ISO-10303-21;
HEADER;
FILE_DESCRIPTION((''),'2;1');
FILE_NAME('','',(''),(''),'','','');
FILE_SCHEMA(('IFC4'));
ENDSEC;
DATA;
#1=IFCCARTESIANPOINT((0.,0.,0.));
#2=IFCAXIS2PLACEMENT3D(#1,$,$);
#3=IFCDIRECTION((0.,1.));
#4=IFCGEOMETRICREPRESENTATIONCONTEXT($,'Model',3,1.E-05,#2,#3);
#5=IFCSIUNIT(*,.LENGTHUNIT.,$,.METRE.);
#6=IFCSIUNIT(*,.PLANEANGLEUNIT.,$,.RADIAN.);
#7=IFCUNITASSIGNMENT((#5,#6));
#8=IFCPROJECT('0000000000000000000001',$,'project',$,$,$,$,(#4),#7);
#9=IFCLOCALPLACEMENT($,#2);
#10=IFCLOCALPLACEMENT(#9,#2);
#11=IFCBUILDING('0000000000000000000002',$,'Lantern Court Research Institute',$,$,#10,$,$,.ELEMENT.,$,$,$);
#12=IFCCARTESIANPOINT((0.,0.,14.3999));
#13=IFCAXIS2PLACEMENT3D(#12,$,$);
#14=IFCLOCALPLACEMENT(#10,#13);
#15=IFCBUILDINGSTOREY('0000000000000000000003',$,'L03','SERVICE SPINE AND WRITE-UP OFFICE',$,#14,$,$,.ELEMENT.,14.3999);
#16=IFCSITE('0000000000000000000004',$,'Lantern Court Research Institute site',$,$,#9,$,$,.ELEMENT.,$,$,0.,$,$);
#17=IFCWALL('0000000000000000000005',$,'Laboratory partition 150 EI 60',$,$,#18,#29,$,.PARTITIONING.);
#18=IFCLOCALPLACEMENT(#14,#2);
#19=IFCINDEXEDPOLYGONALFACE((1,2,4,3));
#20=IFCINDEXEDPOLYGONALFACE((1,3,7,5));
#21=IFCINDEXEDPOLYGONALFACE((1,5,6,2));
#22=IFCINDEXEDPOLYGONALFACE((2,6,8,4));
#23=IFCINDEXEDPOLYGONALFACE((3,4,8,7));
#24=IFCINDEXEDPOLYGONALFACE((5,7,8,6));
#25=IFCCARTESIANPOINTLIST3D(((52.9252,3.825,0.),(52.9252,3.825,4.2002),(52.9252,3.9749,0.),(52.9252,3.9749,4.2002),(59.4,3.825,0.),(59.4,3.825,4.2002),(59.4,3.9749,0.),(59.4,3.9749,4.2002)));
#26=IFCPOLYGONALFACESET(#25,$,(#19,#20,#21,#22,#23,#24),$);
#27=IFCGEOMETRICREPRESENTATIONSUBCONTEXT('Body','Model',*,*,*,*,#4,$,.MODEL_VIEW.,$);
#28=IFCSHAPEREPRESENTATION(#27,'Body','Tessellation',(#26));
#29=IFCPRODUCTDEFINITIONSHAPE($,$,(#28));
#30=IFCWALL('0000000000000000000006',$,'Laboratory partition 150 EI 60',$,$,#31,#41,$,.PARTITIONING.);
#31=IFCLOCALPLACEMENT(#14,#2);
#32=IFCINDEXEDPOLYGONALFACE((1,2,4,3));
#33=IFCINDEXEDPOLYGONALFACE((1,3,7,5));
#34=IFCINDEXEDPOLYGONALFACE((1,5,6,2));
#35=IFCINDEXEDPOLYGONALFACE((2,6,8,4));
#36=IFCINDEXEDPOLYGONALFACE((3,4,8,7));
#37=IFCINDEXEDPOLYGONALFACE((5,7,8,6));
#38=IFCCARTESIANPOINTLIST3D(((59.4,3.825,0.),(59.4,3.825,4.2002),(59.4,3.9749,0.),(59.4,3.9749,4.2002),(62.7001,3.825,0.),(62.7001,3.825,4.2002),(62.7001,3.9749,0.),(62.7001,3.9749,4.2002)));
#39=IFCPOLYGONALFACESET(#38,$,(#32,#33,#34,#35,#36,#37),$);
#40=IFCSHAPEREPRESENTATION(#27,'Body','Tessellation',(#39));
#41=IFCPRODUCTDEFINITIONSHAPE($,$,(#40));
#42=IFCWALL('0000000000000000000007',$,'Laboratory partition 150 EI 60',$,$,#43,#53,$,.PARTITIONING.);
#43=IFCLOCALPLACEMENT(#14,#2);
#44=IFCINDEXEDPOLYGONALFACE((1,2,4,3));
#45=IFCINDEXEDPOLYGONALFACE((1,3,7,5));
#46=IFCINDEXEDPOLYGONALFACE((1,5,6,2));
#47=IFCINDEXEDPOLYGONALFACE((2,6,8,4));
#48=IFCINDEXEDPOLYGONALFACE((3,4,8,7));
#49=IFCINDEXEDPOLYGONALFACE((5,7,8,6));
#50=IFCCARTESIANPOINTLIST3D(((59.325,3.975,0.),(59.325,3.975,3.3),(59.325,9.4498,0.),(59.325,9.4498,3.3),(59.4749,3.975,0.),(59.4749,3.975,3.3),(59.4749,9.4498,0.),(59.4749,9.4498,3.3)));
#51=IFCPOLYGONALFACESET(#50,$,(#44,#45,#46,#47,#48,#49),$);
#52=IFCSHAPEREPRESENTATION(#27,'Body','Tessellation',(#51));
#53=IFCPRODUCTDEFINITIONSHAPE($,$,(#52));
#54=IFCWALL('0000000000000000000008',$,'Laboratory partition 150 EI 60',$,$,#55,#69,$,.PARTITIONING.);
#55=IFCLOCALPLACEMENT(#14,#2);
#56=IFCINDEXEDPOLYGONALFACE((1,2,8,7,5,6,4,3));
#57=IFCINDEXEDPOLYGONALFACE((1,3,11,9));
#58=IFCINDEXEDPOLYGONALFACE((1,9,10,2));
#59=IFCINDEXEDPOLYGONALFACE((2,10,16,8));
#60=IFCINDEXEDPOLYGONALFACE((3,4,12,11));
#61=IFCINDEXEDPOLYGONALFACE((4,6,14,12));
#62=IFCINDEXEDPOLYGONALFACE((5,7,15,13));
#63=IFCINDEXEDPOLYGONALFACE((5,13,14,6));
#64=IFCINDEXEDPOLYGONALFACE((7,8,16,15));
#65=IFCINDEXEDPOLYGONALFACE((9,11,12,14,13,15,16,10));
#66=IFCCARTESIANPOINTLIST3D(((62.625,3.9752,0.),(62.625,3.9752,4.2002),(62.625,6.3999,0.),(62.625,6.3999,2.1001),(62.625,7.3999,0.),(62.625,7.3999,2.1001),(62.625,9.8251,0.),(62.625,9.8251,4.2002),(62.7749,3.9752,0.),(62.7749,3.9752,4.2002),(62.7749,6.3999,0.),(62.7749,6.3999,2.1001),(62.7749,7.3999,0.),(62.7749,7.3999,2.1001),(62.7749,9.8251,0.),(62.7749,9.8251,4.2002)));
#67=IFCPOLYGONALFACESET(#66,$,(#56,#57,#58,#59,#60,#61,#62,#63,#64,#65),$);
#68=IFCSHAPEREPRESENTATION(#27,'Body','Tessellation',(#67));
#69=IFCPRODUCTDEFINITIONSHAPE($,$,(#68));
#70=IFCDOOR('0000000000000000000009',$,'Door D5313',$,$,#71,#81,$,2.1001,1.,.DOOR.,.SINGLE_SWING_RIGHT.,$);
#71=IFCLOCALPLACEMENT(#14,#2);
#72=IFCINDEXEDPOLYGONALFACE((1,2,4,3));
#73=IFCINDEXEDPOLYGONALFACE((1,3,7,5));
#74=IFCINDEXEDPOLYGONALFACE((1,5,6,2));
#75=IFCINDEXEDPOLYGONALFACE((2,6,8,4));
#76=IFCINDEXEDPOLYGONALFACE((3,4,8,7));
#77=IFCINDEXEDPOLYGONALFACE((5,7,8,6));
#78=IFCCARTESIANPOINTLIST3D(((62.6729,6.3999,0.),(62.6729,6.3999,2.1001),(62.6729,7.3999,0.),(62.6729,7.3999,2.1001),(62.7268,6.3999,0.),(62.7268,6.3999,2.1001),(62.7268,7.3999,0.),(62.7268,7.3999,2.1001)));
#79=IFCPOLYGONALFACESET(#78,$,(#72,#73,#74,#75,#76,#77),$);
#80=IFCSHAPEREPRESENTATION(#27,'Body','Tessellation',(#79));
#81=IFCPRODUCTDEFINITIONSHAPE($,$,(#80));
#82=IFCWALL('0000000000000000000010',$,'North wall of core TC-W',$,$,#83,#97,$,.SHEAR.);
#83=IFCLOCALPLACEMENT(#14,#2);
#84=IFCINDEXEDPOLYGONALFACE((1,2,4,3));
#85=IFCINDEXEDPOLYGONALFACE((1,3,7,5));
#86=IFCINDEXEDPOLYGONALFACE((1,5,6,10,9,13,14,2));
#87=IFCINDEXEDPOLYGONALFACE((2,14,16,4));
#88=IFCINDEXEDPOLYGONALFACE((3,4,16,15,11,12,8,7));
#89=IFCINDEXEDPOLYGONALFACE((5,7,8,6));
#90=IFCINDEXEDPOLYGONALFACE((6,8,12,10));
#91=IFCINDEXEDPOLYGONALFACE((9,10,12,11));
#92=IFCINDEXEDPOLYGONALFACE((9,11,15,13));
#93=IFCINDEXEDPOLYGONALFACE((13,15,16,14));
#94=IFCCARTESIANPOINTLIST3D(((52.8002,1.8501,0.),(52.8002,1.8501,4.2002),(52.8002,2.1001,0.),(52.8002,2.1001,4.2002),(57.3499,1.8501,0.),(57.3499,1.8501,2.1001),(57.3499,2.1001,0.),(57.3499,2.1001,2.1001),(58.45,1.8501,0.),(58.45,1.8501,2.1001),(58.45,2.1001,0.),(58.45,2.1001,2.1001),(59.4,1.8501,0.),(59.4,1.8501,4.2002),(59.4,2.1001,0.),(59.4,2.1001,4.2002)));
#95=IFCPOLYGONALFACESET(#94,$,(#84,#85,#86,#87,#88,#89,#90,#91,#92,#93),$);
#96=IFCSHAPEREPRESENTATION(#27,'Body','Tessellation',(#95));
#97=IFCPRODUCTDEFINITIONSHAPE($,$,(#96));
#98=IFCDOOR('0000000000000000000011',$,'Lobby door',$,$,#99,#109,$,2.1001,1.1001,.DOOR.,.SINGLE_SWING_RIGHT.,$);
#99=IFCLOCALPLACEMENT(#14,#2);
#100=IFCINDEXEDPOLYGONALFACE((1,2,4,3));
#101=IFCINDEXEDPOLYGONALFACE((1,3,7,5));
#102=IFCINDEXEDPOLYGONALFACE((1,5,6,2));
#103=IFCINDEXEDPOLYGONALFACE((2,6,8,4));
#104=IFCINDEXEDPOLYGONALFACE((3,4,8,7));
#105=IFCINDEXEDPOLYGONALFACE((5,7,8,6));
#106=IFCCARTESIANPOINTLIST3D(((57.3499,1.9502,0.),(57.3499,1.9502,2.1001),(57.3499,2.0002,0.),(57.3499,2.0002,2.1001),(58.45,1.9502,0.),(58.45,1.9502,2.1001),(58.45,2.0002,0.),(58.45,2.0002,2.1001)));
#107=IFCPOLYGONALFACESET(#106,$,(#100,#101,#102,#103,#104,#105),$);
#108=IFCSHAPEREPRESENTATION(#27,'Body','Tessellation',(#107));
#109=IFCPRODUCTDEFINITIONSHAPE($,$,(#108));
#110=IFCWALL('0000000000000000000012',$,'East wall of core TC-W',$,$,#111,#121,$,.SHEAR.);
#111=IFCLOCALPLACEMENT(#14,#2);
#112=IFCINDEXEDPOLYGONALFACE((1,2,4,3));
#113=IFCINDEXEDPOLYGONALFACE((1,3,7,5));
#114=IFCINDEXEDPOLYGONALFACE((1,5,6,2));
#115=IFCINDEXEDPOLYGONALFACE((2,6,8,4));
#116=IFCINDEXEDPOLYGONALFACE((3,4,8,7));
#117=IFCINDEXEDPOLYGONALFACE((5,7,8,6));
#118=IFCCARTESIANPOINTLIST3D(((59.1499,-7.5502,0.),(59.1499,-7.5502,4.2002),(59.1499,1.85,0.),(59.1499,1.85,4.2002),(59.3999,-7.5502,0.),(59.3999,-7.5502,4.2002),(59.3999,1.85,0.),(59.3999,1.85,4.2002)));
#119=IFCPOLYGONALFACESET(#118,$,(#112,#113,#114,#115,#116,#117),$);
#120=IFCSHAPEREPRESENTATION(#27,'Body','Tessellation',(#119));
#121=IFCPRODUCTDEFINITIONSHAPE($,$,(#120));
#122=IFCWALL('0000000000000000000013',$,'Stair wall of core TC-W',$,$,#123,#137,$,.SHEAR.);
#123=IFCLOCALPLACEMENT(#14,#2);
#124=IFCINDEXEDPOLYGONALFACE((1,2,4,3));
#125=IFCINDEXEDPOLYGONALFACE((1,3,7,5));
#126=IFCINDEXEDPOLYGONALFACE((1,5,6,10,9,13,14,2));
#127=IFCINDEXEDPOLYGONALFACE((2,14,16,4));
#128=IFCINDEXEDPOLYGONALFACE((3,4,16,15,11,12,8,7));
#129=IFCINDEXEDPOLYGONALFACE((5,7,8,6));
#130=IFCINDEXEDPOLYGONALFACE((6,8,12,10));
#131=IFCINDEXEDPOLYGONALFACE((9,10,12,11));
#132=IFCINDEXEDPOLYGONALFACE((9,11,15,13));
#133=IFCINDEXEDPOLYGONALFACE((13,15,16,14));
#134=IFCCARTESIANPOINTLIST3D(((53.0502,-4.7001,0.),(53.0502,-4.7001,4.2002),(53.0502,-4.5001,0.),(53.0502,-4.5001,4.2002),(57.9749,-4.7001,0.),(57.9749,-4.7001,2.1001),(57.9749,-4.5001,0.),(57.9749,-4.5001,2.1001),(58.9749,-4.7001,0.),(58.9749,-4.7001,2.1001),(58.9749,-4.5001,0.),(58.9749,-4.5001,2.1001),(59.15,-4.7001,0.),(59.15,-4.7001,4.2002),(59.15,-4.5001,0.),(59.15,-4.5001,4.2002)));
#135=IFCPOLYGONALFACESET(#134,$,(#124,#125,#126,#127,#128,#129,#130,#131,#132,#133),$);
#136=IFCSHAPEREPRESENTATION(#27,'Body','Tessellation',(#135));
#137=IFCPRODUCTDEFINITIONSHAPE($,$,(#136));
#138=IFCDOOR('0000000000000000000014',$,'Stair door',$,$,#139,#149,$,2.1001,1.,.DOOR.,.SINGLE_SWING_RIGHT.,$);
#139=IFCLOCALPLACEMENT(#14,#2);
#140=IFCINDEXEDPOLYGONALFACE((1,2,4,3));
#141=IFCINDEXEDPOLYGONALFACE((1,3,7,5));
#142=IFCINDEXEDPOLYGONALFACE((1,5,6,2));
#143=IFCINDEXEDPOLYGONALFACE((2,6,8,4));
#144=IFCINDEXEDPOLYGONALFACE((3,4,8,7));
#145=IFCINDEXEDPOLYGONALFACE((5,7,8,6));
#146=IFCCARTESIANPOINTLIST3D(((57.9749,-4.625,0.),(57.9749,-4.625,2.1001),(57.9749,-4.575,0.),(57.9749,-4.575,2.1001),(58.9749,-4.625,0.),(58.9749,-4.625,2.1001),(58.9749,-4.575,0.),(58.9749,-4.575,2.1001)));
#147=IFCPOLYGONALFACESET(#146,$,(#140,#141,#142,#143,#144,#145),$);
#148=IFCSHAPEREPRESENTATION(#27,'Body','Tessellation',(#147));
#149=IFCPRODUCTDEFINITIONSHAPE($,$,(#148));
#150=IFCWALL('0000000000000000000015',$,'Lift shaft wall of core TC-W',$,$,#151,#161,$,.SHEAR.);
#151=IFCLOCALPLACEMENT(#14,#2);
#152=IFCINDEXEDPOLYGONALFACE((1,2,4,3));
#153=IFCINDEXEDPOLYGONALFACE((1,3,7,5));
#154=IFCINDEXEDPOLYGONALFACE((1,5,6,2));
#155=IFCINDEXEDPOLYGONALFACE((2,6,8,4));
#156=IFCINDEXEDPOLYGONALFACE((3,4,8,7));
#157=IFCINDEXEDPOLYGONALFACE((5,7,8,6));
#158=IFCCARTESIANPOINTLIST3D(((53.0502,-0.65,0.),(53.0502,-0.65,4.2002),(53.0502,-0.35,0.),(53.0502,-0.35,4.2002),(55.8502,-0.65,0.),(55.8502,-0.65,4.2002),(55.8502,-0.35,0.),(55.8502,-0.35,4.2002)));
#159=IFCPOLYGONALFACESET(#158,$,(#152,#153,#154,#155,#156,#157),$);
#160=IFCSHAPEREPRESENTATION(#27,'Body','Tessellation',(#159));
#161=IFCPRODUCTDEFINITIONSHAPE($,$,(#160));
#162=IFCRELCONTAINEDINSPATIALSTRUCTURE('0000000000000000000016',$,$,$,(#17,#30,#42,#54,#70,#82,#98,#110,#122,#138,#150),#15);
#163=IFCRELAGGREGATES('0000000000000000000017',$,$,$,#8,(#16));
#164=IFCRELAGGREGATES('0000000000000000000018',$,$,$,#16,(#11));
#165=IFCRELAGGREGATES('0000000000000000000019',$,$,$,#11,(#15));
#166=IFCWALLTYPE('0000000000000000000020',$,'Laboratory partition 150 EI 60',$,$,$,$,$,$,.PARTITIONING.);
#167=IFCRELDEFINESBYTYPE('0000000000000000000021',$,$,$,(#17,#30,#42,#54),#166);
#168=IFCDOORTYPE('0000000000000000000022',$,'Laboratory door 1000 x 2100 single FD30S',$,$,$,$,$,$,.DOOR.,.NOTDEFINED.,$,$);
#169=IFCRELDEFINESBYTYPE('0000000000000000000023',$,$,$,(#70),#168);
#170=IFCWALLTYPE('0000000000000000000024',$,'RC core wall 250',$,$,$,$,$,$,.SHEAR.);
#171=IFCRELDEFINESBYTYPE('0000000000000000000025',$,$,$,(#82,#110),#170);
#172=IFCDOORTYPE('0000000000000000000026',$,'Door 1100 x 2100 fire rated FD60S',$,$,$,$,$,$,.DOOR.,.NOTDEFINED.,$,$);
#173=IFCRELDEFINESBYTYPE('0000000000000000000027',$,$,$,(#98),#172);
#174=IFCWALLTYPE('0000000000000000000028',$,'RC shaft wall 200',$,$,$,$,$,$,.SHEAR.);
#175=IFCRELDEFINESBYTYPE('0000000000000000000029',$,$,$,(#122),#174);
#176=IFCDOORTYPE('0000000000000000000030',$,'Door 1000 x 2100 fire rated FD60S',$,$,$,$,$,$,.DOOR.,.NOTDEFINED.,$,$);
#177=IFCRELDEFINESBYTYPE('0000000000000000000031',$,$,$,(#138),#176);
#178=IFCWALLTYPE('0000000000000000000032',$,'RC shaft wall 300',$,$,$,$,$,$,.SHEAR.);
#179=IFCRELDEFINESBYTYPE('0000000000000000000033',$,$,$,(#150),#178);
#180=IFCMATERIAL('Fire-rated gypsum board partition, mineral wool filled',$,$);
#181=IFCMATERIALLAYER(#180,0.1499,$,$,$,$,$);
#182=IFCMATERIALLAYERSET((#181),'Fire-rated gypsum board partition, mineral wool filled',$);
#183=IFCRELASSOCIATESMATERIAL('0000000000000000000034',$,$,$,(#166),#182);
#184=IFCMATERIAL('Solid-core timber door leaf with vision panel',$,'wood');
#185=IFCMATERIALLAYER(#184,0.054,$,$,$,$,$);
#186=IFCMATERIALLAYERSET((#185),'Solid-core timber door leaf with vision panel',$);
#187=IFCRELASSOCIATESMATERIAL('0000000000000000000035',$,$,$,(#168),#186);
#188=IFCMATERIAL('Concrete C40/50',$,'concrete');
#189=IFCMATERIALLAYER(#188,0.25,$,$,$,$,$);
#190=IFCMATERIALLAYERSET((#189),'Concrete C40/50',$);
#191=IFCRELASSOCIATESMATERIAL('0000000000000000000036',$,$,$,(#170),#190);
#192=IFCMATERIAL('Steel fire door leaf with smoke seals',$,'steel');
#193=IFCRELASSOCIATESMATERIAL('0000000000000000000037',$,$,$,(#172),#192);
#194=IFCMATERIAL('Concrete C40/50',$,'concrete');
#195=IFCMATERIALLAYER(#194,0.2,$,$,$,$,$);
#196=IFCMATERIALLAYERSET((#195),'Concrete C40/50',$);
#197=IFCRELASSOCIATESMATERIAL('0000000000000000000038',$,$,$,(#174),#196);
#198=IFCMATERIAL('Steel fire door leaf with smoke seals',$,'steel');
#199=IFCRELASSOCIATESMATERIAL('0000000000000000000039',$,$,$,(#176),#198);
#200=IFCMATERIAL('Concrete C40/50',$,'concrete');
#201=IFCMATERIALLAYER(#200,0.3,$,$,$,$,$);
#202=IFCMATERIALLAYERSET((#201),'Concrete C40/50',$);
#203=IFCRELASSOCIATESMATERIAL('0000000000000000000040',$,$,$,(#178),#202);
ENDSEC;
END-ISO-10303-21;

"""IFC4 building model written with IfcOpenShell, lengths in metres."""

from ifc_helpers import new_model, si_unit, direction, frame, frame_2d, origin, place, context, subcontext, project, spatial, rectangle, extrude, material, layer, layer_set, type_object, element, fill, save


model = new_model("IFC4")

# Units and contexts
model_context = context("Model", 3, precision=1e-05, world=origin(), true_north=direction((0.0, 1.0)))
body_context = subcontext(model_context, "Body", "Model", "MODEL_VIEW")
ifc_project = project(units=[si_unit("LENGTHUNIT", "METRE"), si_unit("PLANEANGLEUNIT", "RADIAN")], contexts=[model_context])

# Site, building, storey
site_placement = place(None, origin())
site = spatial("IfcSite", under=ifc_project, at=site_placement, Name="Lantern Court Research Institute site", CompositionType="ELEMENT", RefElevation=0.0)
building_placement = place(site_placement, origin())
building = spatial("IfcBuilding", under=site, at=building_placement, Name="Lantern Court Research Institute", CompositionType="ELEMENT")
storey_placement = place(building_placement, frame((0.0, 0.0, 14.3999)))
storey = spatial("IfcBuildingStorey", under=building, at=storey_placement, Name="L03", Description="SERVICE SPINE AND WRITE-UP OFFICE", CompositionType="ELEMENT", Elevation=14.3999)

# Shared definitions
ifc_material_1 = material(Name="Fire-rated gypsum board partition, mineral wool filled")
ifc_layer_1 = layer(ifc_material_1, 0.1499)
ifc_layer_set_1 = layer_set([ifc_layer_1], Name="Fire-rated gypsum board partition, mineral wool filled")
wall_type_1 = type_object("IfcWallType", Name="Laboratory partition 150 EI 60", PredefinedType="PARTITIONING", material=ifc_layer_set_1)

# Walls
wall_1_placement = place(storey_placement, frame((59.3999, 3.8999, 0.0), z_axis=(0.0, 0.0, 1.0), x_axis=(-1.0, 0.0, 0.0)))
element("IfcWall", 1, at=wall_1_placement, inside=storey, type_object=wall_type_1, Name="Laboratory partition 150 EI 60", PredefinedType="PARTITIONING", context=body_context, shape_type="SweptSolid", body=[
    extrude(rectangle(XDim=6.4749, YDim=0.1499, at=frame_2d((3.2373, 0.0))), origin(), (0.0, 0.0, 1.0), 4.2002),
])
wall_2_placement = place(storey_placement, frame((62.7, 3.8999, 0.0), z_axis=(0.0, 0.0, 1.0), x_axis=(-1.0, 0.0, 0.0)))
element("IfcWall", 2, at=wall_2_placement, inside=storey, type_object=wall_type_1, Name="Laboratory partition 150 EI 60", PredefinedType="PARTITIONING", context=body_context, shape_type="SweptSolid", body=[
    extrude(rectangle(XDim=3.3, YDim=0.1499, at=frame_2d((1.6499, 0.0))), origin(), (0.0, 0.0, 1.0), 4.2002),
])
wall_3_placement = place(storey_placement, frame((59.3999, 3.9751, 0.0), z_axis=(0.0, 0.0, 1.0), x_axis=(0.0, 1.0, 0.0)))
element("IfcWall", 3, at=wall_3_placement, inside=storey, type_object=wall_type_1, Name="Laboratory partition 150 EI 60", PredefinedType="PARTITIONING", context=body_context, shape_type="SweptSolid", body=[
    extrude(rectangle(XDim=5.4749, YDim=0.1499, at=frame_2d((2.7373, 0.0))), origin(), (0.0, 0.0, 1.0), 3.3),
])

# Walls, openings, doors
wall_4_placement = place(storey_placement, frame((62.7, 9.825, 0.0), z_axis=(0.0, 0.0, 1.0), x_axis=(0.0, -1.0, 0.0)))
wall_4 = element("IfcWall", 4, at=wall_4_placement, inside=storey, type_object=wall_type_1, Name="Laboratory partition 150 EI 60", PredefinedType="PARTITIONING", context=body_context, shape_type="SweptSolid", body=[
    extrude(rectangle(XDim=5.8499, YDim=0.1499, at=frame_2d((2.9248, 0.0))), origin(), (0.0, 0.0, 1.0), 4.2002),
])
opening_1_placement = place(wall_4_placement, frame((2.425, 0.0, 0.0)))
opening_1 = element("IfcOpeningElement", 5, at=opening_1_placement, cuts=wall_4, PredefinedType="OPENING", context=body_context, shape_type="SweptSolid", body=[
    extrude(rectangle(XDim=1.0, YDim=2.1001, at=frame_2d((0.5, 1.05))), frame((0.0, 0.085, 0.0), z_axis=(0.0, -1.0, 0.0), x_axis=(1.0, 0.0, 0.0)), (0.0, 0.0, 1.0), 0.1699),
])
ifc_material_2 = material(Name="Solid-core timber door leaf with vision panel", Category="wood")
ifc_layer_2 = layer(ifc_material_2, 0.054)
ifc_layer_set_2 = layer_set([ifc_layer_2], Name="Solid-core timber door leaf with vision panel")
door_type_1 = type_object("IfcDoorType", Name="Laboratory door 1000 x 2100 single FD30S", OperationType="NOTDEFINED", PredefinedType="DOOR", material=ifc_layer_set_2)
door_1_placement = place(opening_1_placement, origin())
door_1 = element("IfcDoor", 6, at=door_1_placement, inside=storey, type_object=door_type_1, Name="Door D5313", OperationType="SINGLE_SWING_RIGHT", OverallHeight=2.1001, OverallWidth=1.0, PredefinedType="DOOR", context=body_context, shape_type="SweptSolid", body=[
    extrude(rectangle(XDim=1.0, YDim=2.1001, at=frame_2d((0.5, 1.05))), frame((0.0, 0.0269, 0.0), z_axis=(0.0, -1.0, 0.0), x_axis=(1.0, 0.0, 0.0)), (0.0, 0.0, 1.0), 0.054),
])
fill(opening_1, door_1)
ifc_material_3 = material(Name="Concrete C40/50", Category="concrete")
ifc_layer_3 = layer(ifc_material_3, 0.25)
ifc_layer_set_3 = layer_set([ifc_layer_3], Name="Concrete C40/50")
wall_type_2 = type_object("IfcWallType", Name="RC core wall 250", PredefinedType="SHEAR", material=ifc_layer_set_3)
wall_5_placement = place(storey_placement, frame((59.3999, 1.9751, 0.0), z_axis=(0.0, 0.0, 1.0), x_axis=(-1.0, 0.0, 0.0)))
wall_5 = element("IfcWall", 7, at=wall_5_placement, inside=storey, type_object=wall_type_2, Name="North wall of core TC-W", PredefinedType="SHEAR", context=body_context, shape_type="SweptSolid", body=[
    extrude(rectangle(XDim=6.5999, YDim=0.25, at=frame_2d((3.2998, 0.0))), origin(), (0.0, 0.0, 1.0), 4.2002),
])
opening_2_placement = place(wall_5_placement, frame((0.95, 0.0, 0.0)))
opening_2 = element("IfcOpeningElement", 8, at=opening_2_placement, cuts=wall_5, PredefinedType="OPENING", context=body_context, shape_type="SweptSolid", body=[
    extrude(rectangle(XDim=1.1001, YDim=2.1001, at=frame_2d((0.55, 1.05))), frame((0.0, 0.135, 0.0), z_axis=(0.0, -1.0, 0.0), x_axis=(1.0, 0.0, 0.0)), (0.0, 0.0, 1.0), 0.27),
])
ifc_material_4 = material(Name="Steel fire door leaf with smoke seals", Category="steel")
door_type_2 = type_object("IfcDoorType", Name="Door 1100 x 2100 fire rated FD60S", OperationType="NOTDEFINED", PredefinedType="DOOR", material=ifc_material_4)
door_2_placement = place(opening_2_placement, origin())
door_2 = element("IfcDoor", 9, at=door_2_placement, inside=storey, type_object=door_type_2, Name="Lobby door", OperationType="SINGLE_SWING_RIGHT", OverallHeight=2.1001, OverallWidth=1.1001, PredefinedType="DOOR", context=body_context, shape_type="SweptSolid", body=[
    extrude(rectangle(XDim=1.1001, YDim=2.1001, at=frame_2d((0.55, 1.05))), frame((0.0, 0.0249, 0.0), z_axis=(0.0, -1.0, 0.0), x_axis=(1.0, 0.0, 0.0)), (0.0, 0.0, 1.0), 0.05),
])
fill(opening_2, door_2)

# Wall
wall_6_placement = place(storey_placement, frame((59.2749, 1.8501, 0.0), z_axis=(0.0, 0.0, 1.0), x_axis=(0.0, -1.0, 0.0)))
element("IfcWall", 10, at=wall_6_placement, inside=storey, type_object=wall_type_2, Name="East wall of core TC-W", PredefinedType="SHEAR", context=body_context, shape_type="SweptSolid", body=[
    extrude(rectangle(XDim=9.4001, YDim=0.25, at=frame_2d((4.7002, 0.0))), origin(), (0.0, 0.0, 1.0), 4.2002),
])

# Wall, opening, door
ifc_material_5 = material(Name="Concrete C40/50", Category="concrete")
ifc_layer_4 = layer(ifc_material_5, 0.2)
ifc_layer_set_4 = layer_set([ifc_layer_4], Name="Concrete C40/50")
wall_type_3 = type_object("IfcWallType", Name="RC shaft wall 200", PredefinedType="SHEAR", material=ifc_layer_set_4)
wall_7_placement = place(storey_placement, frame((59.1499, -4.6001, 0.0), z_axis=(0.0, 0.0, 1.0), x_axis=(-1.0, 0.0, 0.0)))
wall_7 = element("IfcWall", 11, at=wall_7_placement, inside=storey, type_object=wall_type_3, Name="Stair wall of core TC-W", PredefinedType="SHEAR", context=body_context, shape_type="SweptSolid", body=[
    extrude(rectangle(XDim=6.0999, YDim=0.2, at=frame_2d((3.0498, 0.0))), origin(), (0.0, 0.0, 1.0), 4.2002),
])
opening_3_placement = place(wall_7_placement, frame((0.175, 0.0, 0.0)))
opening_3 = element("IfcOpeningElement", 12, at=opening_3_placement, cuts=wall_7, PredefinedType="OPENING", context=body_context, shape_type="SweptSolid", body=[
    extrude(rectangle(XDim=1.0, YDim=2.1001, at=frame_2d((0.5, 1.05))), frame((0.0, 0.1099, 0.0), z_axis=(0.0, -1.0, 0.0), x_axis=(1.0, 0.0, 0.0)), (0.0, 0.0, 1.0), 0.22),
])
ifc_material_6 = material(Name="Steel fire door leaf with smoke seals", Category="steel")
door_type_3 = type_object("IfcDoorType", Name="Door 1000 x 2100 fire rated FD60S", OperationType="NOTDEFINED", PredefinedType="DOOR", material=ifc_material_6)
door_3_placement = place(opening_3_placement, origin())
door_3 = element("IfcDoor", 13, at=door_3_placement, inside=storey, type_object=door_type_3, Name="Stair door", OperationType="SINGLE_SWING_RIGHT", OverallHeight=2.1001, OverallWidth=1.0, PredefinedType="DOOR", context=body_context, shape_type="SweptSolid", body=[
    extrude(rectangle(XDim=1.0, YDim=2.1001, at=frame_2d((0.5, 1.05))), frame((0.0, 0.0249, 0.0), z_axis=(0.0, -1.0, 0.0), x_axis=(1.0, 0.0, 0.0)), (0.0, 0.0, 1.0), 0.05),
])
fill(opening_3, door_3)

# Shared definitions
ifc_material_7 = material(Name="Concrete C40/50", Category="concrete")
ifc_layer_5 = layer(ifc_material_7, 0.3)
ifc_layer_set_5 = layer_set([ifc_layer_5], Name="Concrete C40/50")
wall_type_4 = type_object("IfcWallType", Name="RC shaft wall 300", PredefinedType="SHEAR", material=ifc_layer_set_5)

# Wall
wall_8_placement = place(storey_placement, frame((55.8501, -0.5, 0.0), z_axis=(0.0, 0.0, 1.0), x_axis=(-1.0, 0.0, 0.0)))
element("IfcWall", 14, at=wall_8_placement, inside=storey, type_object=wall_type_4, Name="Lift shaft wall of core TC-W", PredefinedType="SHEAR", context=body_context, shape_type="SweptSolid", body=[
    extrude(rectangle(XDim=2.8, YDim=0.3, at=frame_2d((1.3999, 0.0))), origin(), (0.0, 0.0, 1.0), 4.2002),
])

save(model, "model.ifc")
